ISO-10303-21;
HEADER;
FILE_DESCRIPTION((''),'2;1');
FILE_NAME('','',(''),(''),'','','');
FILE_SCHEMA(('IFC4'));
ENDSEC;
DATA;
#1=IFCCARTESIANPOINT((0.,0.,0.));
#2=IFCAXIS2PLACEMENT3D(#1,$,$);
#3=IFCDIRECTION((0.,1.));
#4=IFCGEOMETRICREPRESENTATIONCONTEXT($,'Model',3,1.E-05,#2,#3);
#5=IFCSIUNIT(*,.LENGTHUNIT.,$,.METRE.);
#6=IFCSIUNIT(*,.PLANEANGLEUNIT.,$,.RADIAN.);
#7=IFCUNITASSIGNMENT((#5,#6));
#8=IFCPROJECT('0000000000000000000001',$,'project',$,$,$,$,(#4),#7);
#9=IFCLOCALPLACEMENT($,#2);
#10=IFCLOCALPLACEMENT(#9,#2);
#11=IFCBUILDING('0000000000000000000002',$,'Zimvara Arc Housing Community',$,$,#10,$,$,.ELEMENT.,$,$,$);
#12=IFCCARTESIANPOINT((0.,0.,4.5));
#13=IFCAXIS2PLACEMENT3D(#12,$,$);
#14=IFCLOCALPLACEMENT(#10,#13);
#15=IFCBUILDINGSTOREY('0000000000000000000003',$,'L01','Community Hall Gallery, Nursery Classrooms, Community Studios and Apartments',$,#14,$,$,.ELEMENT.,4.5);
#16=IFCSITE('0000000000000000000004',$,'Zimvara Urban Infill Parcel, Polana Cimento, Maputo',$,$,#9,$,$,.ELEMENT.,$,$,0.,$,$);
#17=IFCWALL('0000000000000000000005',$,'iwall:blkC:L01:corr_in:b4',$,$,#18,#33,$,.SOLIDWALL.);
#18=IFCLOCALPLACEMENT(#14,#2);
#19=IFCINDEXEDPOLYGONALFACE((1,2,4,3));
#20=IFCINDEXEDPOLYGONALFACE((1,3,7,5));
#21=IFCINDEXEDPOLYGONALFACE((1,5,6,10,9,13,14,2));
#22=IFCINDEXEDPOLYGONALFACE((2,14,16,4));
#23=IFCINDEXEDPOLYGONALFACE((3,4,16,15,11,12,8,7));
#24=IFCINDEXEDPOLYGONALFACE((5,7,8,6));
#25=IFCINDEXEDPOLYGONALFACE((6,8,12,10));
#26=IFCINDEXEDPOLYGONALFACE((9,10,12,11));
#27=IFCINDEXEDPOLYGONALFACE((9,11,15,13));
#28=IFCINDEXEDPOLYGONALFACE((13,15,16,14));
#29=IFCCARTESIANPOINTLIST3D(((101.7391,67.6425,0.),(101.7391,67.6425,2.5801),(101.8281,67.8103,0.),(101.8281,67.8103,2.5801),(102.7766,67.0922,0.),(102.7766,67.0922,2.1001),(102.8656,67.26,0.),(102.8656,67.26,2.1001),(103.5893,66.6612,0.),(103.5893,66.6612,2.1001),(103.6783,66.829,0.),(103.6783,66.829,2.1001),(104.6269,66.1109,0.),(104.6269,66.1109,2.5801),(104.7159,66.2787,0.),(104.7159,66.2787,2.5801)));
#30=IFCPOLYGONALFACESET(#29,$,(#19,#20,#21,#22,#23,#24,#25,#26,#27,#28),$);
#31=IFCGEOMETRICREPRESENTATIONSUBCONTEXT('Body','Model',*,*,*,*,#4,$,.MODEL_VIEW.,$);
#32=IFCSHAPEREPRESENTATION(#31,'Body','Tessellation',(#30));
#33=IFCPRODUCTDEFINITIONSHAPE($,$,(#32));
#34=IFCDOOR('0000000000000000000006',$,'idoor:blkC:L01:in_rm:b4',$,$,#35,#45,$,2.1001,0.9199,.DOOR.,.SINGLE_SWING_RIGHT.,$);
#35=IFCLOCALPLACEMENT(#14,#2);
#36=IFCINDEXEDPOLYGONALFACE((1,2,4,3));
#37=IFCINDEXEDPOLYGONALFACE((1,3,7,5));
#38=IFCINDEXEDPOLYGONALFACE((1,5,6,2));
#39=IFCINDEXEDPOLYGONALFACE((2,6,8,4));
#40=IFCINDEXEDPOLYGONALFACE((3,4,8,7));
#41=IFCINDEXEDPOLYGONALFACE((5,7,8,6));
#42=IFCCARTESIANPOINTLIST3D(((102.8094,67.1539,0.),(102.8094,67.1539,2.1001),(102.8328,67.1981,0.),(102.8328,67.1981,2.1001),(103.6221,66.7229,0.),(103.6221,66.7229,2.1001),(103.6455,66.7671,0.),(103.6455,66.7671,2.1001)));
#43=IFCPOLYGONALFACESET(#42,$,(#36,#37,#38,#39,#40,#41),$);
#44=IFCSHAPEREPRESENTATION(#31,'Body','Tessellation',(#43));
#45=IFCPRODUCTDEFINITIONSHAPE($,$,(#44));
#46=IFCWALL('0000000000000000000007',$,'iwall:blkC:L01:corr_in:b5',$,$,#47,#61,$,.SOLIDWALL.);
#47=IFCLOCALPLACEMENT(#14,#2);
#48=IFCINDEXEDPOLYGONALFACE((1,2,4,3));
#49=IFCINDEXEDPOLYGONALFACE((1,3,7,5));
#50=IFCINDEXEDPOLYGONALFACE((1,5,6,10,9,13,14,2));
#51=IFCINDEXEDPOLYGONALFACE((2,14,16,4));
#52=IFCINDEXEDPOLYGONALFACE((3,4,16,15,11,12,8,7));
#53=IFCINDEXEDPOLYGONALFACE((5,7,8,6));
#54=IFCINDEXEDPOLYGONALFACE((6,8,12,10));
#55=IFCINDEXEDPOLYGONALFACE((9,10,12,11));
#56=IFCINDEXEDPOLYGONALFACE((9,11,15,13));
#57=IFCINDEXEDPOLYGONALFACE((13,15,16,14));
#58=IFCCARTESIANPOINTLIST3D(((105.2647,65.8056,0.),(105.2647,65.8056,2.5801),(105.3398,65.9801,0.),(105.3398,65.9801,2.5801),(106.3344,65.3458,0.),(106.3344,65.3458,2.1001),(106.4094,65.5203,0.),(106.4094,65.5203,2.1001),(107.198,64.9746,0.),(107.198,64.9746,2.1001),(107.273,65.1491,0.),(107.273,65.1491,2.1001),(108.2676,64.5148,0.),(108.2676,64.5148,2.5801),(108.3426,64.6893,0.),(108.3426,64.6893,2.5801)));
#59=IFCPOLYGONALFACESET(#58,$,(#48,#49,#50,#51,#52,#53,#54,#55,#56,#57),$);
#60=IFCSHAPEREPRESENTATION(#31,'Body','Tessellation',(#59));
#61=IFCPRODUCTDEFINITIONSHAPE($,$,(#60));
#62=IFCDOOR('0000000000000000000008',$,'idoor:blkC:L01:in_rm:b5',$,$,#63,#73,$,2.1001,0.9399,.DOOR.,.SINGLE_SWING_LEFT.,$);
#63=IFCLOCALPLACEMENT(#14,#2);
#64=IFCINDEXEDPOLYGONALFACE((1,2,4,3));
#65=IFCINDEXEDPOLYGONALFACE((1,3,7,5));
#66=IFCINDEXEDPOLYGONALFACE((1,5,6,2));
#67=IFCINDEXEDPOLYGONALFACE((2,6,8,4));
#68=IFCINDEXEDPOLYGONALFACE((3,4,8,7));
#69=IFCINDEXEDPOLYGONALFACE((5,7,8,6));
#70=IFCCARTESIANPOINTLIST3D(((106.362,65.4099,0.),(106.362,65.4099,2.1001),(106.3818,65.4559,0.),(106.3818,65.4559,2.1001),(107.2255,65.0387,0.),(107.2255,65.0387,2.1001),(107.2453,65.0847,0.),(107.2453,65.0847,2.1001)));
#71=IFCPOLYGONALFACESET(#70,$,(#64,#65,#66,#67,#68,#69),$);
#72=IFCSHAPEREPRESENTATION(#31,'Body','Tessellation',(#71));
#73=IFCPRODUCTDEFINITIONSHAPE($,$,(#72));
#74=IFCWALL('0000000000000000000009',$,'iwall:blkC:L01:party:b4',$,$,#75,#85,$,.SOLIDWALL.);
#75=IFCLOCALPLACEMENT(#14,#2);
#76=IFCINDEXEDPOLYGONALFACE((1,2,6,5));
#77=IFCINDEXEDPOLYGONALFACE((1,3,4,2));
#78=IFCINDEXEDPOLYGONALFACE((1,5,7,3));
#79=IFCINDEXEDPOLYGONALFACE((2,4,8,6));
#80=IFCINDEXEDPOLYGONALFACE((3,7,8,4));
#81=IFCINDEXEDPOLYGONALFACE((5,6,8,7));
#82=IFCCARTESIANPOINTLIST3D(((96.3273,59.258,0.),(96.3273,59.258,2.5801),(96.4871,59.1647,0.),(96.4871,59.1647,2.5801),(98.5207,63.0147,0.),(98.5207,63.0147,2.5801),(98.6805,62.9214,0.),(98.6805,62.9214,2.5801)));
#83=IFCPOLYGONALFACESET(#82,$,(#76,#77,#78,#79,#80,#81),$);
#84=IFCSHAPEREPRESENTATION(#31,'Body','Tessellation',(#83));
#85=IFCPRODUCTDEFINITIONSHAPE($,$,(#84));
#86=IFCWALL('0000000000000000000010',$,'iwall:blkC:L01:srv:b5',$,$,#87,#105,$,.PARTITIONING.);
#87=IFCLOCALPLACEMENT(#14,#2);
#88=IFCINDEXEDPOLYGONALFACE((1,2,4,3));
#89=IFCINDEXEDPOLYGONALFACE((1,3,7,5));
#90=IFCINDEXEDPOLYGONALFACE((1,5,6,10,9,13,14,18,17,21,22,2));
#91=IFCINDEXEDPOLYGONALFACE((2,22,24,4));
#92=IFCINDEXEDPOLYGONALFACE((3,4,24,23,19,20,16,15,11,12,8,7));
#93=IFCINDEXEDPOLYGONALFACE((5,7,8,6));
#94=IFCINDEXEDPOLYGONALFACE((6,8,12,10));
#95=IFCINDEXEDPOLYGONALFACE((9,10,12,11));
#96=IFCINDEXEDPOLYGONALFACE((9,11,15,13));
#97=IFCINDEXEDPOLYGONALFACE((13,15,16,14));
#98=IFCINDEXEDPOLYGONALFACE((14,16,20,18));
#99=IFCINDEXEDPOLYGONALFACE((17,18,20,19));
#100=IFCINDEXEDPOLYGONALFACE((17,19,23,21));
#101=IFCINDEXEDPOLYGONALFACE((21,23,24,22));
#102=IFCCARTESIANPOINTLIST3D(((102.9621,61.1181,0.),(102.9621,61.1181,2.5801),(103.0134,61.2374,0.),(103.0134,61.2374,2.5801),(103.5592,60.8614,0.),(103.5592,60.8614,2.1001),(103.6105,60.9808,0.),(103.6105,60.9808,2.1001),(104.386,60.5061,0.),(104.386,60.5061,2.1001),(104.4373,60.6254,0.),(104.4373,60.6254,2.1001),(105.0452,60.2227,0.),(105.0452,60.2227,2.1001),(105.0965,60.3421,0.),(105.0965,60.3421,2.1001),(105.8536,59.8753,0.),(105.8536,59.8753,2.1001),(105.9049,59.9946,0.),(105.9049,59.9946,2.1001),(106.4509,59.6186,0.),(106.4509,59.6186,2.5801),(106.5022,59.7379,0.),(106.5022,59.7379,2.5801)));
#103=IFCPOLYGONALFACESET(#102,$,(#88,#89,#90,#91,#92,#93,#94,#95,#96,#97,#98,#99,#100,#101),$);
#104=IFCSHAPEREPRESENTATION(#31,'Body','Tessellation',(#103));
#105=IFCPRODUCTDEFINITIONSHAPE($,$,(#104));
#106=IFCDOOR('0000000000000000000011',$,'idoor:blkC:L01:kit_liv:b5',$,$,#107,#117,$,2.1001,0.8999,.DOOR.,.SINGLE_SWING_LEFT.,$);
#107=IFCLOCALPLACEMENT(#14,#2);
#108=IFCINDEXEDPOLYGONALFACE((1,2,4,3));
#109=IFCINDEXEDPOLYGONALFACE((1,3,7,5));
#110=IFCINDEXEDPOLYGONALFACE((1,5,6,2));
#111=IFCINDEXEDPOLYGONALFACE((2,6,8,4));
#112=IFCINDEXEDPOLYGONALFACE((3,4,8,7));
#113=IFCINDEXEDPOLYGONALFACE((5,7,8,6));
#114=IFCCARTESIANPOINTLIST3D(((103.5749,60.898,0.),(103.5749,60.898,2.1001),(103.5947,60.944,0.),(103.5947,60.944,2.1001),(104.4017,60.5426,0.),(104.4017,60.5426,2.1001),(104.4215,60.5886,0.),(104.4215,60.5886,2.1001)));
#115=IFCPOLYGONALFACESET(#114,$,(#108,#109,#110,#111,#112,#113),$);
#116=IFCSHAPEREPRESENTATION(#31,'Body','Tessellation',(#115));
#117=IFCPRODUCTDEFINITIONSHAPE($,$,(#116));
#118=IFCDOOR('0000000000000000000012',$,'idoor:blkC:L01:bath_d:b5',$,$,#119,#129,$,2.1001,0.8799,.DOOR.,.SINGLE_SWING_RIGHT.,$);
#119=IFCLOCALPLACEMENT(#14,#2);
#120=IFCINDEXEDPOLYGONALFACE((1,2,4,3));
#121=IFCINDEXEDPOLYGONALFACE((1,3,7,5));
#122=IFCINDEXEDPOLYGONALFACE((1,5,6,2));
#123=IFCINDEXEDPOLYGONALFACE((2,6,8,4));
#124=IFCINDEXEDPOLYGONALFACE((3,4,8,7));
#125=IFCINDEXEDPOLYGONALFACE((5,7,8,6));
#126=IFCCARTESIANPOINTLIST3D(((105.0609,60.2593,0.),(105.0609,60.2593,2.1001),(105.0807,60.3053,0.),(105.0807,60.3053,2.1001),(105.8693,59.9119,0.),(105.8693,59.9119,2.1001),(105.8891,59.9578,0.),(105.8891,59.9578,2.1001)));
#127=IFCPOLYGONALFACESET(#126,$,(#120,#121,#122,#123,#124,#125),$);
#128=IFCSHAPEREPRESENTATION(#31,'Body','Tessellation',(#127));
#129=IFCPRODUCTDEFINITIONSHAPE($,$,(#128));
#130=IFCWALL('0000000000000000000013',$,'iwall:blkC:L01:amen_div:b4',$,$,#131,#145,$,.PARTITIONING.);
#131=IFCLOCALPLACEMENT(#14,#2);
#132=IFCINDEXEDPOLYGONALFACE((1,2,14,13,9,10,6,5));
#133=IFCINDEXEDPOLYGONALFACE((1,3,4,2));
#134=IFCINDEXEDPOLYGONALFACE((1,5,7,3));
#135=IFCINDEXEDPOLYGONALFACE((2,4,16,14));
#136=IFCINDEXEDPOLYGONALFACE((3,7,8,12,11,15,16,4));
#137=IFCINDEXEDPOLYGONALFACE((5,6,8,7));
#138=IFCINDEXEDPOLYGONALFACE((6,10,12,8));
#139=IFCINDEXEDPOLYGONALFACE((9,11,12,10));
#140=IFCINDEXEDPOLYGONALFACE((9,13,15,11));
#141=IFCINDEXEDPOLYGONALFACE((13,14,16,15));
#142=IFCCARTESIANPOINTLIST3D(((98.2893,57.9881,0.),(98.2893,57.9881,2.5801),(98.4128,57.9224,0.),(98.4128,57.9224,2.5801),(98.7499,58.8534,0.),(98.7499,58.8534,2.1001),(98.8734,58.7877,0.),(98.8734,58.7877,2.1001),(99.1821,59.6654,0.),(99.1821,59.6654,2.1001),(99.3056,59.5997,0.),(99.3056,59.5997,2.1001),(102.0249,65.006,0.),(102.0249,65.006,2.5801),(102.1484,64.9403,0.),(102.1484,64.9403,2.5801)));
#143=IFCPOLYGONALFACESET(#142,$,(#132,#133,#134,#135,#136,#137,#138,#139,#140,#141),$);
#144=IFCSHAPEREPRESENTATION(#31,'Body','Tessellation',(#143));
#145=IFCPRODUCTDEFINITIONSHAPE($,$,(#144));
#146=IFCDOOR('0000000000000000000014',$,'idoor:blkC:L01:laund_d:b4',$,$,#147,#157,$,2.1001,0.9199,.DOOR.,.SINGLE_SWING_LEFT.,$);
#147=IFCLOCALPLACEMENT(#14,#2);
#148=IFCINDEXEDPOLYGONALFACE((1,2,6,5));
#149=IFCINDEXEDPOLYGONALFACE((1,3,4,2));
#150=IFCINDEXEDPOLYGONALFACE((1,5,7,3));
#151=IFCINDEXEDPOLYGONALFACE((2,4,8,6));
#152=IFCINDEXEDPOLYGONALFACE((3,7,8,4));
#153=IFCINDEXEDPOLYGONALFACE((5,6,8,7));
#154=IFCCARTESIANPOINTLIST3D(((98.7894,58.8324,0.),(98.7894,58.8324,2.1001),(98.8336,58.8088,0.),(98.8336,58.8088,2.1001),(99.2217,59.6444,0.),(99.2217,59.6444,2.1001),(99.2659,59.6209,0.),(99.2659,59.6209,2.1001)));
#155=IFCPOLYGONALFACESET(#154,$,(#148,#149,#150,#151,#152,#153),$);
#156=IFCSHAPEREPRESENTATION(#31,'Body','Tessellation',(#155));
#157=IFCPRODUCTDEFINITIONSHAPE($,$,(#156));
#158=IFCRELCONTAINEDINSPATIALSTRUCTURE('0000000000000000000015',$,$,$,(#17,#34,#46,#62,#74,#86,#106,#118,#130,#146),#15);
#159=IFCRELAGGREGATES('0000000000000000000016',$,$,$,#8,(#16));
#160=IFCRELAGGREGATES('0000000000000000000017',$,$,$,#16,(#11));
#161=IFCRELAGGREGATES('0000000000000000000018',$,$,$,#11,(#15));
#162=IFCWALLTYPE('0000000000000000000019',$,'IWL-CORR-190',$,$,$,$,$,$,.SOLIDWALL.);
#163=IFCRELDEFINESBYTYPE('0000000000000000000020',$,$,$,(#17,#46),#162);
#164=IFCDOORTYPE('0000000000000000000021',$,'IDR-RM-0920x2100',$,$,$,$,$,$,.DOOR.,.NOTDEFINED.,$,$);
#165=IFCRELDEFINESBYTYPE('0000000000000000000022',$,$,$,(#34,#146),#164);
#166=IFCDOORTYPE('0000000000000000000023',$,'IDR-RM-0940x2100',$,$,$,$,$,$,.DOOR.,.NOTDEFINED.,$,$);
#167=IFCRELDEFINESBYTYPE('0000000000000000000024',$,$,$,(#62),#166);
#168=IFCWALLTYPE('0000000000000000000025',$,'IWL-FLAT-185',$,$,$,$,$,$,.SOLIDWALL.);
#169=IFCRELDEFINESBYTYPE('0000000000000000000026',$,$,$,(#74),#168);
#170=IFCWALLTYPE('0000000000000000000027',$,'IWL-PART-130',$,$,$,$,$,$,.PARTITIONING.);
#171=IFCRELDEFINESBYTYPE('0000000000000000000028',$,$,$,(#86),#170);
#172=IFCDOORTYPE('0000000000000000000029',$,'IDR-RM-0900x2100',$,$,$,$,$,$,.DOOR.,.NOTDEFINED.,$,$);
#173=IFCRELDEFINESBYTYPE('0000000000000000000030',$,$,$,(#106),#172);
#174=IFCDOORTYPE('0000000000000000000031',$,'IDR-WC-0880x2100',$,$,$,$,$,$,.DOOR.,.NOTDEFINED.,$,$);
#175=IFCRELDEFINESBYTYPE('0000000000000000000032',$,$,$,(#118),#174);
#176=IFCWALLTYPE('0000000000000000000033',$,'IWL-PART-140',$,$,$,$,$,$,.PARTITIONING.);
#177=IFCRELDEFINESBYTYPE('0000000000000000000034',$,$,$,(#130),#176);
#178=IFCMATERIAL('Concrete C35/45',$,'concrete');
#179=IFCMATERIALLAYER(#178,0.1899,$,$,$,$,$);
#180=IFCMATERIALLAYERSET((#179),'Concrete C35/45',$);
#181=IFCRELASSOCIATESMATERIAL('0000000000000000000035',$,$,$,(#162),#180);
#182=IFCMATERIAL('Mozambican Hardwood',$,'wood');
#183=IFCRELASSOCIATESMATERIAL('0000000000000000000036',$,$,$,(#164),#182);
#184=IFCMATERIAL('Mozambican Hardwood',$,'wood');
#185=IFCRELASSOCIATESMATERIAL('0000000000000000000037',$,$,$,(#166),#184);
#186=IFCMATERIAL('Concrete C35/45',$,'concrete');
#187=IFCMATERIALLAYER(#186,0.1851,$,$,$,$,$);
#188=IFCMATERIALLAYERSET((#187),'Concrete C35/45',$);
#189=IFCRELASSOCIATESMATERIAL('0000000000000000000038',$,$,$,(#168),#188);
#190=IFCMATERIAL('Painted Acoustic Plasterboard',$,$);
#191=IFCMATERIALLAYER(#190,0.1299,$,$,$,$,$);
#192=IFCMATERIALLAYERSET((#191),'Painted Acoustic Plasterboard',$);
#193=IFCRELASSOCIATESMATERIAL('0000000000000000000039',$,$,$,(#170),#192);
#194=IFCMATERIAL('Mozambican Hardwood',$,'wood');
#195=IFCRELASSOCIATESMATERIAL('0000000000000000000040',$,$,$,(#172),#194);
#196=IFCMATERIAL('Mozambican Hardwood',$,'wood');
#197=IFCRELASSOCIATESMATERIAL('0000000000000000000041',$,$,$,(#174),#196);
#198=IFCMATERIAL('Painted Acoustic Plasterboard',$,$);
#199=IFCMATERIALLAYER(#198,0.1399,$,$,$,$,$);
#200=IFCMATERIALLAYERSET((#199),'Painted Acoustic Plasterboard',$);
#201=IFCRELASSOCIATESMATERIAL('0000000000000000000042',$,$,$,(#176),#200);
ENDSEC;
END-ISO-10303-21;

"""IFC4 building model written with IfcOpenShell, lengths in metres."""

from ifc_helpers import new_model, si_unit, direction, frame, frame_2d, origin, place, context, subcontext, project, spatial, rectangle, extrude, material, layer, layer_set, type_object, element, fill, save


model = new_model("IFC4")

# Units and contexts
model_context = context("Model", 3, precision=1e-05, world=origin(), true_north=direction((0.0, 1.0)))
body_context = subcontext(model_context, "Body", "Model", "MODEL_VIEW")
ifc_project = project(units=[si_unit("LENGTHUNIT", "METRE"), si_unit("PLANEANGLEUNIT", "RADIAN")], contexts=[model_context])

# Site, building, storey
site_placement = place(None, origin())
site = spatial("IfcSite", under=ifc_project, at=site_placement, Name="Zimvara Urban Infill Parcel, Polana Cimento, Maputo", CompositionType="ELEMENT", RefElevation=0.0)
building_placement = place(site_placement, origin())
building = spatial("IfcBuilding", under=site, at=building_placement, Name="Zimvara Arc Housing Community", CompositionType="ELEMENT")
storey_placement = place(building_placement, frame((0.0, 0.0, 4.5)))
storey = spatial("IfcBuildingStorey", under=building, at=storey_placement, Name="L01", Description="Community Hall Gallery, Nursery Classrooms, Community Studios and Apartments", CompositionType="ELEMENT", Elevation=4.5)

# Shared definitions
ifc_material_1 = material(Name="Concrete C35/45", Category="concrete")
ifc_layer_1 = layer(ifc_material_1, 0.1899)
ifc_layer_set_1 = layer_set([ifc_layer_1], Name="Concrete C35/45")
wall_type_1 = type_object("IfcWallType", Name="IWL-CORR-190", PredefinedType="SOLIDWALL", material=ifc_layer_set_1)

# Walls, openings, doors
wall_1_placement = place(storey_placement, frame((101.7837, 67.7263, 0.0), z_axis=(0.0, 0.0, 1.0), x_axis=(0.883444, -0.468536, 0.0)))
wall_1 = element("IfcWall", 1, at=wall_1_placement, inside=storey, type_object=wall_type_1, Name="iwall:blkC:L01:corr_in:b4", PredefinedType="SOLIDWALL", context=body_context, shape_type="SweptSolid", body=[
    extrude(rectangle(XDim=3.2688, YDim=0.1899, at=frame_2d((1.6343, 0.0))), origin(), (0.0, 0.0, 1.0), 2.5801),
])
opening_1_placement = place(wall_1_placement, frame((1.1743, 0.0, 0.0)))
opening_1 = element("IfcOpeningElement", 2, at=opening_1_placement, cuts=wall_1, PredefinedType="OPENING", context=body_context, shape_type="SweptSolid", body=[
    extrude(rectangle(XDim=0.9199, YDim=2.1001, at=frame_2d((0.46, 1.05))), frame((0.0, 0.105, 0.0), z_axis=(0.0, -1.0, 0.0), x_axis=(1.0, 0.0, 0.0)), (0.0, 0.0, 1.0), 0.21),
])
ifc_material_2 = material(Name="Mozambican Hardwood", Category="wood")
door_type_1 = type_object("IfcDoorType", Name="IDR-RM-0920x2100", OperationType="NOTDEFINED", PredefinedType="DOOR", material=ifc_material_2)
door_1_placement = place(opening_1_placement, origin())
door_1 = element("IfcDoor", 3, at=door_1_placement, inside=storey, type_object=door_type_1, Name="idoor:blkC:L01:in_rm:b4", OperationType="SINGLE_SWING_RIGHT", OverallHeight=2.1001, OverallWidth=0.9199, PredefinedType="DOOR", context=body_context, shape_type="SweptSolid", body=[
    extrude(rectangle(XDim=0.9199, YDim=2.1001, at=frame_2d((0.46, 1.05))), frame((0.0, 0.0249, 0.0), z_axis=(0.0, -1.0, 0.0), x_axis=(1.0, 0.0, 0.0)), (0.0, 0.0, 1.0), 0.05),
])
fill(opening_1, door_1)
wall_2_placement = place(storey_placement, frame((105.3022, 65.8928, 0.0), z_axis=(0.0, 0.0, 1.0), x_axis=(0.918723, -0.394902, 0.0)))
wall_2 = element("IfcWall", 4, at=wall_2_placement, inside=storey, type_object=wall_type_1, Name="iwall:blkC:L01:corr_in:b5", PredefinedType="SOLIDWALL", context=body_context, shape_type="SweptSolid", body=[
    extrude(rectangle(XDim=3.2686, YDim=0.1899, at=frame_2d((1.6343, 0.0))), origin(), (0.0, 0.0, 1.0), 2.5801),
])
opening_2_placement = place(wall_2_placement, frame((1.1643, 0.0, 0.0)))
opening_2 = element("IfcOpeningElement", 5, at=opening_2_placement, cuts=wall_2, PredefinedType="OPENING", context=body_context, shape_type="SweptSolid", body=[
    extrude(rectangle(XDim=0.9399, YDim=2.1001, at=frame_2d((0.47, 1.05))), frame((0.0, 0.105, 0.0), z_axis=(0.0, -1.0, 0.0), x_axis=(1.0, 0.0, 0.0)), (0.0, 0.0, 1.0), 0.21),
])
ifc_material_3 = material(Name="Mozambican Hardwood", Category="wood")
door_type_2 = type_object("IfcDoorType", Name="IDR-RM-0940x2100", OperationType="NOTDEFINED", PredefinedType="DOOR", material=ifc_material_3)
door_2_placement = place(opening_2_placement, origin())
door_2 = element("IfcDoor", 6, at=door_2_placement, inside=storey, type_object=door_type_2, Name="idoor:blkC:L01:in_rm:b5", OperationType="SINGLE_SWING_LEFT", OverallHeight=2.1001, OverallWidth=0.9399, PredefinedType="DOOR", context=body_context, shape_type="SweptSolid", body=[
    extrude(rectangle(XDim=0.9399, YDim=2.1001, at=frame_2d((0.47, 1.05))), frame((0.0, 0.0249, 0.0), z_axis=(0.0, -1.0, 0.0), x_axis=(1.0, 0.0, 0.0)), (0.0, 0.0, 1.0), 0.05),
])
fill(opening_2, door_2)

# Wall
ifc_material_4 = material(Name="Concrete C35/45", Category="concrete")
ifc_layer_2 = layer(ifc_material_4, 0.1851)
ifc_layer_set_2 = layer_set([ifc_layer_2], Name="Concrete C35/45")
wall_type_2 = type_object("IfcWallType", Name="IWL-FLAT-185", PredefinedType="SOLIDWALL", material=ifc_layer_set_2)
wall_3_placement = place(storey_placement, frame((98.6006, 62.968, 0.0), z_axis=(0.0, 0.0, 1.0), x_axis=(-0.504216, -0.863577, 0.0)))
element("IfcWall", 7, at=wall_3_placement, inside=storey, type_object=wall_type_2, Name="iwall:blkC:L01:party:b4", PredefinedType="SOLIDWALL", context=body_context, shape_type="SweptSolid", body=[
    extrude(rectangle(XDim=4.3501, YDim=0.1851, at=frame_2d((2.175, 0.0))), origin(), (0.0, 0.0, 1.0), 2.5801),
])

# Wall, openings, doors
ifc_material_5 = material(Name="Painted Acoustic Plasterboard")
ifc_layer_3 = layer(ifc_material_5, 0.1299)
ifc_layer_set_3 = layer_set([ifc_layer_3], Name="Painted Acoustic Plasterboard")
wall_type_3 = type_object("IfcWallType", Name="IWL-PART-130", PredefinedType="PARTITIONING", material=ifc_layer_set_3)
wall_4_placement = place(storey_placement, frame((102.9878, 61.1777, 0.0), z_axis=(0.0, 0.0, 1.0), x_axis=(0.918732, -0.394881, 0.0)))
wall_4 = element("IfcWall", 8, at=wall_4_placement, inside=storey, type_object=wall_type_3, Name="iwall:blkC:L01:srv:b5", PredefinedType="PARTITIONING", context=body_context, shape_type="SweptSolid", body=[
    extrude(rectangle(XDim=3.7974, YDim=0.1299, at=frame_2d((1.8987, 0.0))), origin(), (0.0, 0.0, 1.0), 2.5801),
])
opening_3_placement = place(wall_4_placement, frame((0.6499, 0.0, 0.0)))
opening_3 = element("IfcOpeningElement", 9, at=opening_3_placement, cuts=wall_4, PredefinedType="OPENING", context=body_context, shape_type="SweptSolid", body=[
    extrude(rectangle(XDim=0.8999, YDim=2.1001, at=frame_2d((0.45, 1.05))), frame((0.0, 0.075, 0.0), z_axis=(0.0, -1.0, 0.0), x_axis=(1.0, 0.0, 0.0)), (0.0, 0.0, 1.0), 0.1499),
])
opening_4_placement = place(wall_4_placement, frame((2.2673, 0.0, 0.0)))
opening_4 = element("IfcOpeningElement", 10, at=opening_4_placement, cuts=wall_4, PredefinedType="OPENING", context=body_context, shape_type="SweptSolid", body=[
    extrude(rectangle(XDim=0.8799, YDim=2.1001, at=frame_2d((0.4399, 1.05))), frame((0.0, 0.075, 0.0), z_axis=(0.0, -1.0, 0.0), x_axis=(1.0, 0.0, 0.0)), (0.0, 0.0, 1.0), 0.1499),
])
ifc_material_6 = material(Name="Mozambican Hardwood", Category="wood")
door_type_3 = type_object("IfcDoorType", Name="IDR-RM-0900x2100", OperationType="NOTDEFINED", PredefinedType="DOOR", material=ifc_material_6)
door_3_placement = place(opening_3_placement, origin())
door_3 = element("IfcDoor", 11, at=door_3_placement, inside=storey, type_object=door_type_3, Name="idoor:blkC:L01:kit_liv:b5", OperationType="SINGLE_SWING_LEFT", OverallHeight=2.1001, OverallWidth=0.8999, PredefinedType="DOOR", context=body_context, shape_type="SweptSolid", body=[
    extrude(rectangle(XDim=0.8999, YDim=2.1001, at=frame_2d((0.45, 1.05))), frame((0.0, 0.0249, 0.0), z_axis=(0.0, -1.0, 0.0), x_axis=(1.0, 0.0, 0.0)), (0.0, 0.0, 1.0), 0.05),
])
fill(opening_3, door_3)
ifc_material_7 = material(Name="Mozambican Hardwood", Category="wood")
door_type_4 = type_object("IfcDoorType", Name="IDR-WC-0880x2100", OperationType="NOTDEFINED", PredefinedType="DOOR", material=ifc_material_7)
door_4_placement = place(opening_4_placement, origin())
door_4 = element("IfcDoor", 12, at=door_4_placement, inside=storey, type_object=door_type_4, Name="idoor:blkC:L01:bath_d:b5", OperationType="SINGLE_SWING_RIGHT", OverallHeight=2.1001, OverallWidth=0.8799, PredefinedType="DOOR", context=body_context, shape_type="SweptSolid", body=[
    extrude(rectangle(XDim=0.8799, YDim=2.1001, at=frame_2d((0.4399, 1.05))), frame((0.0, 0.0249, 0.0), z_axis=(0.0, -1.0, 0.0), x_axis=(1.0, 0.0, 0.0)), (0.0, 0.0, 1.0), 0.05),
])
fill(opening_4, door_4)

# Wall, opening, door
ifc_material_8 = material(Name="Painted Acoustic Plasterboard")
ifc_layer_4 = layer(ifc_material_8, 0.1399)
ifc_layer_set_4 = layer_set([ifc_layer_4], Name="Painted Acoustic Plasterboard")
wall_type_4 = type_object("IfcWallType", Name="IWL-PART-140", PredefinedType="PARTITIONING", material=ifc_layer_set_4)
wall_5_placement = place(storey_placement, frame((102.0867, 64.9731, 0.0), z_axis=(0.0, 0.0, 1.0), x_axis=(-0.469879, -0.882731, 0.0)))
wall_5 = element("IfcWall", 13, at=wall_5_placement, inside=storey, type_object=wall_type_4, Name="iwall:blkC:L01:amen_div:b4", PredefinedType="PARTITIONING", context=body_context, shape_type="SweptSolid", body=[
    extrude(rectangle(XDim=7.9502, YDim=0.1399, at=frame_2d((3.9751, 0.0))), origin(), (0.0, 0.0, 1.0), 2.5801),
])
opening_5_placement = place(wall_5_placement, frame((6.05, 0.0, 0.0)))
opening_5 = element("IfcOpeningElement", 14, at=opening_5_placement, cuts=wall_5, PredefinedType="OPENING", context=body_context, shape_type="SweptSolid", body=[
    extrude(rectangle(XDim=0.9199, YDim=2.1001, at=frame_2d((0.46, 1.05))), frame((0.0, 0.0798, 0.0), z_axis=(0.0, -1.0, 0.0), x_axis=(1.0, 0.0, 0.0)), (0.0, 0.0, 1.0), 0.1599),
])
door_5_placement = place(opening_5_placement, origin())
door_5 = element("IfcDoor", 15, at=door_5_placement, inside=storey, type_object=door_type_1, Name="idoor:blkC:L01:laund_d:b4", OperationType="SINGLE_SWING_LEFT", OverallHeight=2.1001, OverallWidth=0.9199, PredefinedType="DOOR", context=body_context, shape_type="SweptSolid", body=[
    extrude(rectangle(XDim=0.9199, YDim=2.1001, at=frame_2d((0.46, 1.05))), frame((0.0, 0.0249, 0.0), z_axis=(0.0, -1.0, 0.0), x_axis=(1.0, 0.0, 0.0)), (0.0, 0.0, 1.0), 0.05),
])
fill(opening_5, door_5)

save(model, "model.ifc")
